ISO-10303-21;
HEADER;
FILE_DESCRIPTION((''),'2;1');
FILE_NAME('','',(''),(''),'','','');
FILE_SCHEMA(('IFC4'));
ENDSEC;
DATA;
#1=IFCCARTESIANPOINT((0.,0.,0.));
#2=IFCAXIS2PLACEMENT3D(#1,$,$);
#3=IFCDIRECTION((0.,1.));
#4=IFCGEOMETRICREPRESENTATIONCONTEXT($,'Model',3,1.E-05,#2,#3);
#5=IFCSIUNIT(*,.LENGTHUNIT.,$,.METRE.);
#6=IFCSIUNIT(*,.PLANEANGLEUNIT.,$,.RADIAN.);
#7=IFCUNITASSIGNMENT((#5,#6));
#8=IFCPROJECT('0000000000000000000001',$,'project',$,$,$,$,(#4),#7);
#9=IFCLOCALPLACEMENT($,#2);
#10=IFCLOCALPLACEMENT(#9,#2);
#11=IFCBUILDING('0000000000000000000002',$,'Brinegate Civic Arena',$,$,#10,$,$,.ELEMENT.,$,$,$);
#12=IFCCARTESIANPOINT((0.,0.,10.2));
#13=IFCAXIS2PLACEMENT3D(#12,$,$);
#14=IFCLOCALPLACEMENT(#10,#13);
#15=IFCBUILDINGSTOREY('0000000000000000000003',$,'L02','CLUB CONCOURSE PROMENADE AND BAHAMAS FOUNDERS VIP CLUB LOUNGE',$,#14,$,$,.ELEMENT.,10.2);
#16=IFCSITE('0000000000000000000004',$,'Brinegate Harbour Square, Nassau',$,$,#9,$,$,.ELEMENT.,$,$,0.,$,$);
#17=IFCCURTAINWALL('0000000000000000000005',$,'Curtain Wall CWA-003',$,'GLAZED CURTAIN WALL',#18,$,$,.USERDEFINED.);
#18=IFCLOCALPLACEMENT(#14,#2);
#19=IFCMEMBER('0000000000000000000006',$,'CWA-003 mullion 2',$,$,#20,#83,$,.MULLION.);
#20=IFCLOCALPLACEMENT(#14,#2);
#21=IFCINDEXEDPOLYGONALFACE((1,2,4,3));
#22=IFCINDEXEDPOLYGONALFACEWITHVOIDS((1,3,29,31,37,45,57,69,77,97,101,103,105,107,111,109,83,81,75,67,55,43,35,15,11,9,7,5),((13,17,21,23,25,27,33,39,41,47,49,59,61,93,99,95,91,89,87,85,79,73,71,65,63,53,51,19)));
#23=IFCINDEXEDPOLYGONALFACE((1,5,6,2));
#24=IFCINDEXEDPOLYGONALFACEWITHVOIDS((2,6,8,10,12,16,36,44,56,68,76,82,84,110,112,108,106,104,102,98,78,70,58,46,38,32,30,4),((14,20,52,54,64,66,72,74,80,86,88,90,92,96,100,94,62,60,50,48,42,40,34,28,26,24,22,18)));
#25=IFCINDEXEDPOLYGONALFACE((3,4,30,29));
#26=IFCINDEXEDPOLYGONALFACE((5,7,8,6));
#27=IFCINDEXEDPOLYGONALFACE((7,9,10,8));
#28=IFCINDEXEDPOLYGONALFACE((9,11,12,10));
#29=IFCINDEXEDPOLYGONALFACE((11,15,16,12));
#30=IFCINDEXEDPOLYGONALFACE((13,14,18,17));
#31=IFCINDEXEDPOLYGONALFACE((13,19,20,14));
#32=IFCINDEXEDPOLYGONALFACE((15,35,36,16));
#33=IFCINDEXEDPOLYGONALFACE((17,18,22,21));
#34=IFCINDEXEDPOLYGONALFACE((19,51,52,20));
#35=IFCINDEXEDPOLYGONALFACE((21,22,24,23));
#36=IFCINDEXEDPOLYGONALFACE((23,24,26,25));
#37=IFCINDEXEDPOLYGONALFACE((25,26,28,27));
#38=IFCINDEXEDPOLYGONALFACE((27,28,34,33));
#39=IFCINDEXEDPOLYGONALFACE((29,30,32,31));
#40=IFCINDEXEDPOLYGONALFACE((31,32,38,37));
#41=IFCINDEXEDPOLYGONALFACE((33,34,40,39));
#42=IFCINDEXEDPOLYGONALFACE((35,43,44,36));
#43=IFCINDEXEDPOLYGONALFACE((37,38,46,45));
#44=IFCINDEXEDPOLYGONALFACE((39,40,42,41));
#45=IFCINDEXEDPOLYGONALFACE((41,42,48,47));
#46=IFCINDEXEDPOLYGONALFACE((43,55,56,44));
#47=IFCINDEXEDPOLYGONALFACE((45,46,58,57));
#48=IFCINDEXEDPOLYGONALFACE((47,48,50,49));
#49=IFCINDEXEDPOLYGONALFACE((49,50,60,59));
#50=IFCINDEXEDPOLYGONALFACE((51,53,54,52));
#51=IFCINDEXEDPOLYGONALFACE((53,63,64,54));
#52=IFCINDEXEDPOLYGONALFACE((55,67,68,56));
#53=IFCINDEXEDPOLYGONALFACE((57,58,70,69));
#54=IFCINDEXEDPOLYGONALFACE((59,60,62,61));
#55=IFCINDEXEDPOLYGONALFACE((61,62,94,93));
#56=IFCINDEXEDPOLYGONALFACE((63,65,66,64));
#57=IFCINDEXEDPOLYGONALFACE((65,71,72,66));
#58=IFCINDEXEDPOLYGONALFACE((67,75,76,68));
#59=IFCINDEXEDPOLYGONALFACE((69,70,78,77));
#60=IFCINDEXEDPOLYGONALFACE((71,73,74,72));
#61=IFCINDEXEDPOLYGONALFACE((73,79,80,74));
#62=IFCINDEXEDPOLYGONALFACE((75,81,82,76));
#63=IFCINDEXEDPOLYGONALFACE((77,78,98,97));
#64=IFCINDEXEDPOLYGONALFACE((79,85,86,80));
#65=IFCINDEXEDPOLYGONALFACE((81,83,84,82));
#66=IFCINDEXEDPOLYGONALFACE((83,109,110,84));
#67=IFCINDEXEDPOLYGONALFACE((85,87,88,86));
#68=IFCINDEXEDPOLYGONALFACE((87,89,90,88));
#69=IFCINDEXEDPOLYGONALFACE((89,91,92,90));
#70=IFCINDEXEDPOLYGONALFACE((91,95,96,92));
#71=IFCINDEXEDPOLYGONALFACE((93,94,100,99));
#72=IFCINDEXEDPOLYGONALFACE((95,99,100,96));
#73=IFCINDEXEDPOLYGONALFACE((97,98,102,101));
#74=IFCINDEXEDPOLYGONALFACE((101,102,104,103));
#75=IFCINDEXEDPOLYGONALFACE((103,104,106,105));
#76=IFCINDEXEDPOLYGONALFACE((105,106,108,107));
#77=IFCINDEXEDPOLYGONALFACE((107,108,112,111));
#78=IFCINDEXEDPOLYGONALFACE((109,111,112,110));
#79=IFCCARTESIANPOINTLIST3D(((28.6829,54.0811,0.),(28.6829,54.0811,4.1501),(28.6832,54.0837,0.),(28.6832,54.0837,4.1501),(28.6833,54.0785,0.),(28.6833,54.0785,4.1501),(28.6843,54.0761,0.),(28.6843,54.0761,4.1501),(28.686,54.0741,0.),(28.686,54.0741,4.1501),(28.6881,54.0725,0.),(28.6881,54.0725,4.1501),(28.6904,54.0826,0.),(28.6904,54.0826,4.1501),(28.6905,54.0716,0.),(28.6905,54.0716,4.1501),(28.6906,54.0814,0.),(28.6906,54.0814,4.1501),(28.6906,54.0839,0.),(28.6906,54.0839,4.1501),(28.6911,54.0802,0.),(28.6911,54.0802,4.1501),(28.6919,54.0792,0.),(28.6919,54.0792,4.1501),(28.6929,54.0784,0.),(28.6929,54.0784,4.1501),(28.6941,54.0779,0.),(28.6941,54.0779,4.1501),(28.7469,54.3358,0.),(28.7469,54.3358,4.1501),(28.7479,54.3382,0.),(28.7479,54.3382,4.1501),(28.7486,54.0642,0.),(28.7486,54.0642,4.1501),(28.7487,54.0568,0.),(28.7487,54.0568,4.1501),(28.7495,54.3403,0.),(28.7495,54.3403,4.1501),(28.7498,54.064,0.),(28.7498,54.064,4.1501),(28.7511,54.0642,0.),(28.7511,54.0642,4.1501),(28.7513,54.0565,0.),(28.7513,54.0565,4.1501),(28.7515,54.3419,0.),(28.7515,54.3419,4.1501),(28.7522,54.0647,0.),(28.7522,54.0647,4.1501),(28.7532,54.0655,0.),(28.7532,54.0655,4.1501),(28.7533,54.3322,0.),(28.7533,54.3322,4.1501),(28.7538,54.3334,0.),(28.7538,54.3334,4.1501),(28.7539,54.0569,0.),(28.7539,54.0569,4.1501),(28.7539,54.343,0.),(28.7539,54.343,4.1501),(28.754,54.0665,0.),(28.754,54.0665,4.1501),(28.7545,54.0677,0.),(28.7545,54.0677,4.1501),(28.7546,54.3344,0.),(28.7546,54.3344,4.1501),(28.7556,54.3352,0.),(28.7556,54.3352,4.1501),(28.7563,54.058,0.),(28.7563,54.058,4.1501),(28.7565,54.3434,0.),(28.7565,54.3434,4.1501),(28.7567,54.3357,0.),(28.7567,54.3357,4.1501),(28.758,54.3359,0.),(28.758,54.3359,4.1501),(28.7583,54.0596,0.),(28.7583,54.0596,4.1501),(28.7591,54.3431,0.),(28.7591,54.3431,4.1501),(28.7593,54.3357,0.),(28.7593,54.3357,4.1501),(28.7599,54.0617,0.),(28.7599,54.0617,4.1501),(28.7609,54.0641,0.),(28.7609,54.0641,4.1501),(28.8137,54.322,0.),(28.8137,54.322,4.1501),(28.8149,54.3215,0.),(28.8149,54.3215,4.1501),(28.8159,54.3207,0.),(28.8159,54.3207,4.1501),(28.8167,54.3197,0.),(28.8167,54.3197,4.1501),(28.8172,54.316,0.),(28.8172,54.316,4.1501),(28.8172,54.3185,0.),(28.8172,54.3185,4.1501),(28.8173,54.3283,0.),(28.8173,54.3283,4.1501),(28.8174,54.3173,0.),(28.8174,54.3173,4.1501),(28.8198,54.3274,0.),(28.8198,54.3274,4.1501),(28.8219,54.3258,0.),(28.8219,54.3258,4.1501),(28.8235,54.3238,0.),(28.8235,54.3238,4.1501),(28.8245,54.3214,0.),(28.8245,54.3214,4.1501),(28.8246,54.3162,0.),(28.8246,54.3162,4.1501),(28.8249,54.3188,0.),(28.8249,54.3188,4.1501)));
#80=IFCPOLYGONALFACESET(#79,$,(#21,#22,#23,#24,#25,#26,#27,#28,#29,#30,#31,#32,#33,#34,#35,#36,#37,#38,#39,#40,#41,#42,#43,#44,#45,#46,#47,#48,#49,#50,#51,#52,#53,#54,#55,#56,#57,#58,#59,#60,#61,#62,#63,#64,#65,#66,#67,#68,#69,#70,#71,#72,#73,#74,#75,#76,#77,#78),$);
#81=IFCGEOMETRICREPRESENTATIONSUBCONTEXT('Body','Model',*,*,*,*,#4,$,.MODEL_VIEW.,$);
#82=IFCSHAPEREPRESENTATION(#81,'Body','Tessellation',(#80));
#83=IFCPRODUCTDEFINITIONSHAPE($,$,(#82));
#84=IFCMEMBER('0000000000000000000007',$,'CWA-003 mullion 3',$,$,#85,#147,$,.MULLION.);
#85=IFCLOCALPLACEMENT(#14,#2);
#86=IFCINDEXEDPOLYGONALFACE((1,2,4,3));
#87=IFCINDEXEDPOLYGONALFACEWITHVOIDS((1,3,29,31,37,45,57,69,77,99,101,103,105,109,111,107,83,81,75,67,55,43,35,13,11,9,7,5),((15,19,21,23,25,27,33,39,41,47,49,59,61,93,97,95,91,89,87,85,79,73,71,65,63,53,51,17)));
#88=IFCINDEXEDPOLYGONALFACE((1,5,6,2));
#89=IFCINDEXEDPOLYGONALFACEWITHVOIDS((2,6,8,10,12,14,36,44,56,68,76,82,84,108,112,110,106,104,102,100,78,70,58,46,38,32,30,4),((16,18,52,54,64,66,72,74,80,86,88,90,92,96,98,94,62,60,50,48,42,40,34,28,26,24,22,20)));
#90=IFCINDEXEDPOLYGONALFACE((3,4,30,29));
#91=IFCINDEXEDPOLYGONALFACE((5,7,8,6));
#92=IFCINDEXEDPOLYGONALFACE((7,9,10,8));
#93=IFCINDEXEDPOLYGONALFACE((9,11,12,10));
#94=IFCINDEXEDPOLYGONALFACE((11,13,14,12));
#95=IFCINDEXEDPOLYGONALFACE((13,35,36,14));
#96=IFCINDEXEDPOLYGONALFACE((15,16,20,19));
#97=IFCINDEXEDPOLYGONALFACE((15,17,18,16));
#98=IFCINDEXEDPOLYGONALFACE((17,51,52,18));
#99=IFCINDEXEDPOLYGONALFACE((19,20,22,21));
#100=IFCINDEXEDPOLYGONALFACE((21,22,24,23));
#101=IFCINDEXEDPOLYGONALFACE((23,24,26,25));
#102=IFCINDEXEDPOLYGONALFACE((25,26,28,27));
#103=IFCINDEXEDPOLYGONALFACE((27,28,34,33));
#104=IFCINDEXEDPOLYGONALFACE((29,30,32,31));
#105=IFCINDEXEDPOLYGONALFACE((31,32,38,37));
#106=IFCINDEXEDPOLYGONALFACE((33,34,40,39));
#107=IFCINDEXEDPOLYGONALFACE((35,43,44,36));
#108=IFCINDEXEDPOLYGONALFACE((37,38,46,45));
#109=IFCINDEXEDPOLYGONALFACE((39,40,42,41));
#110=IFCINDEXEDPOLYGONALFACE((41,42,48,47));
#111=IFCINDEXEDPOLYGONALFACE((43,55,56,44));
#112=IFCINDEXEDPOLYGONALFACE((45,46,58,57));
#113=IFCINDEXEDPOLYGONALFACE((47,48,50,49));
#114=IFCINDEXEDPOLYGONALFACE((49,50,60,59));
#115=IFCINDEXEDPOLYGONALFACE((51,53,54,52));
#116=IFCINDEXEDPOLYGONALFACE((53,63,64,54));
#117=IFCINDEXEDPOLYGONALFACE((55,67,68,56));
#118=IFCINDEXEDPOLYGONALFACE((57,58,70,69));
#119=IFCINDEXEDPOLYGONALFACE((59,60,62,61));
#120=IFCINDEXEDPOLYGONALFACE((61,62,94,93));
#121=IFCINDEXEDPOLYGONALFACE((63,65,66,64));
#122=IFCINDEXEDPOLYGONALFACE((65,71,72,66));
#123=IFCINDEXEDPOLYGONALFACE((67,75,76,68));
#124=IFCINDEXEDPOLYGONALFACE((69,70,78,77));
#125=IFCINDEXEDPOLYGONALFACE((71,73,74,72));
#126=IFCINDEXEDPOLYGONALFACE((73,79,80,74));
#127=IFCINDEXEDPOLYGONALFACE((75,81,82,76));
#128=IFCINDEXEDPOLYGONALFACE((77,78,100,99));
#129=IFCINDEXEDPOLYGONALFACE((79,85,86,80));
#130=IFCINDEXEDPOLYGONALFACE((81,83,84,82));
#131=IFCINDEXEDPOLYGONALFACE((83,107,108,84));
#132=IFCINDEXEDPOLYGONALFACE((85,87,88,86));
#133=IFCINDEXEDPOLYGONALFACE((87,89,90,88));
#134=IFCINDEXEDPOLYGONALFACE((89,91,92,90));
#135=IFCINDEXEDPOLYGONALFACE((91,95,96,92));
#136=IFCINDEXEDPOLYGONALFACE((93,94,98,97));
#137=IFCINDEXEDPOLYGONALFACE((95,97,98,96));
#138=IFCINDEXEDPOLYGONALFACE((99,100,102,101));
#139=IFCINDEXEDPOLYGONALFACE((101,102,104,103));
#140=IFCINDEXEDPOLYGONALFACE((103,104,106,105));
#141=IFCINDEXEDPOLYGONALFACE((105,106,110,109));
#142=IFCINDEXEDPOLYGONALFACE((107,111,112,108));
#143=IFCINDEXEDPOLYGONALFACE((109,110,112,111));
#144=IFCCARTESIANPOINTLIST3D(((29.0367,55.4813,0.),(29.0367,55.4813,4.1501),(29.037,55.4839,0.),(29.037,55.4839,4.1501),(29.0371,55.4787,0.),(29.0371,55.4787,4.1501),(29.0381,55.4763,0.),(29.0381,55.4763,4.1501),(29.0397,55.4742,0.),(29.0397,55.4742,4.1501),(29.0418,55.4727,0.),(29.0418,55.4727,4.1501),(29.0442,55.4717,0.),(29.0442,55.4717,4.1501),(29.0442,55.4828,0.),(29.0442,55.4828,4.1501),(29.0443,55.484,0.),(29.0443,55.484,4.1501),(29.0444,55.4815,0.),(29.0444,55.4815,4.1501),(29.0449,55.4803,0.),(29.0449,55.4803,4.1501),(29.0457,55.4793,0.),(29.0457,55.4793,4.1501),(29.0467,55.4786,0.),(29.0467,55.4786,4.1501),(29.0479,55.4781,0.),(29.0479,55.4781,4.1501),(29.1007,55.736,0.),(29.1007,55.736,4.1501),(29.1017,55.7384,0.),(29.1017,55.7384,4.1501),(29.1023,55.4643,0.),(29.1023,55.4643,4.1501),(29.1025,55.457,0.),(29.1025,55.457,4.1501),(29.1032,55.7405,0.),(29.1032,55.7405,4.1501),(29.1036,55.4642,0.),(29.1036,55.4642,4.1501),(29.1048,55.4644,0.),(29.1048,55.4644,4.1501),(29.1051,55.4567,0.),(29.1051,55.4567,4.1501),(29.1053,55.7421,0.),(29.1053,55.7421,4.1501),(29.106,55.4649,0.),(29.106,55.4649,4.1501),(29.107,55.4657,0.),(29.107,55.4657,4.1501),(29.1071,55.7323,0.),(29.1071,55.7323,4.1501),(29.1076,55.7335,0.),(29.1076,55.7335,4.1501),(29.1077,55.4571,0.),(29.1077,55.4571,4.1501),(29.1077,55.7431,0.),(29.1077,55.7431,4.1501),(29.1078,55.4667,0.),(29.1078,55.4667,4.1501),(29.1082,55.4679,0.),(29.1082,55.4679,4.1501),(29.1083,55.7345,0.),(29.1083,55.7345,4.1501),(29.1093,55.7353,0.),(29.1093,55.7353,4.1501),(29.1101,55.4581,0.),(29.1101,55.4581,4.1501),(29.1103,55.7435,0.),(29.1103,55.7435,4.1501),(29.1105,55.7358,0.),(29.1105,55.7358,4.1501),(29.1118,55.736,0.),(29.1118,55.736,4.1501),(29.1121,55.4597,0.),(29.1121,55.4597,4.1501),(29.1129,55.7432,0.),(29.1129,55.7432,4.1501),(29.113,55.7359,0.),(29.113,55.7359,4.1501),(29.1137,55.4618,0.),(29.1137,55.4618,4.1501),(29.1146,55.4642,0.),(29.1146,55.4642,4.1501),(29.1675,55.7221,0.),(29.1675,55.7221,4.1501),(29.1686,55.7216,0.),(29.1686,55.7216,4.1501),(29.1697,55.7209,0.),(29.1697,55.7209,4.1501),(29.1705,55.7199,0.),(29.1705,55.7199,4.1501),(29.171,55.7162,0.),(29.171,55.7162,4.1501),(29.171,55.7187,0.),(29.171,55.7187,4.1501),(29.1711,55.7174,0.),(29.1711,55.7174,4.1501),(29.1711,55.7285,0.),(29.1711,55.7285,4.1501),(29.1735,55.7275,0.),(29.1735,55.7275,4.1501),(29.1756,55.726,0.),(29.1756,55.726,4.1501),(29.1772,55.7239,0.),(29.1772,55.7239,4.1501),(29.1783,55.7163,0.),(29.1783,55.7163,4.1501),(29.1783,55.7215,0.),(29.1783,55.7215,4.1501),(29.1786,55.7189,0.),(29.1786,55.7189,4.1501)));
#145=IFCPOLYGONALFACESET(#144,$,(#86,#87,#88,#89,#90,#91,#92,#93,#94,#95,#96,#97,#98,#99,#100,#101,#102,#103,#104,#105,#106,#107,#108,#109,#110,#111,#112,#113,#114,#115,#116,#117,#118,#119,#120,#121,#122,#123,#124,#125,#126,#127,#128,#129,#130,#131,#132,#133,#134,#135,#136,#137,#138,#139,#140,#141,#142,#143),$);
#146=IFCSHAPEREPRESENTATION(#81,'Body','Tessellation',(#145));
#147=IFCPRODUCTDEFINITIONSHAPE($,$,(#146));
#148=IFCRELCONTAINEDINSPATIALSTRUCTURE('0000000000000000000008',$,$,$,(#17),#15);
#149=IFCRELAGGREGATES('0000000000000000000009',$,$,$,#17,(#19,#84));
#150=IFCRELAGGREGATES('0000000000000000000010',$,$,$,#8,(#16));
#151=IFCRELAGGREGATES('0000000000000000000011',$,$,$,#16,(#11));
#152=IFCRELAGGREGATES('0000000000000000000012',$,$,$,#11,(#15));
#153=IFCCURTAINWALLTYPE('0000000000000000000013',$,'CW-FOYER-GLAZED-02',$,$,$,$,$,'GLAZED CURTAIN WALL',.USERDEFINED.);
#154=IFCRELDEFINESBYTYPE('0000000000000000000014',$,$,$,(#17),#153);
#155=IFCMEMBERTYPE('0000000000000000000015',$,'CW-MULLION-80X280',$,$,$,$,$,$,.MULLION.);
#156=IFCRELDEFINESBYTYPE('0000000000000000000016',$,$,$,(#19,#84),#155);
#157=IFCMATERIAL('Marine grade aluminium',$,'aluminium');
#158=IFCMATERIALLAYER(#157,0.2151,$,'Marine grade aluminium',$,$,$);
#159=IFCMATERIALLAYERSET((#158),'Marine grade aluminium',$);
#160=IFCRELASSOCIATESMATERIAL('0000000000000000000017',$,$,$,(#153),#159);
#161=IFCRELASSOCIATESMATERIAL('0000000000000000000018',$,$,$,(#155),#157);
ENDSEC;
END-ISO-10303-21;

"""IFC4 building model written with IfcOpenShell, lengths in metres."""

from ifc_helpers import new_model, si_unit, direction, frame, origin, origin_2d, place, context, subcontext, project, spatial, hollow_rectangle, extrude, material, layer, layer_set, material_profile, profile_set, type_object, element, aggregate, save


model = new_model("IFC4")

# Units and contexts
model_context = context("Model", 3, precision=1e-05, world=origin(), true_north=direction((0.0, 1.0)))
body_context = subcontext(model_context, "Body", "Model", "MODEL_VIEW")
ifc_project = project(units=[si_unit("LENGTHUNIT", "METRE"), si_unit("PLANEANGLEUNIT", "RADIAN")], contexts=[model_context])

# Site, building, storey
site_placement = place(None, origin())
site = spatial("IfcSite", under=ifc_project, at=site_placement, Name="Brinegate Harbour Square, Nassau", CompositionType="ELEMENT", RefElevation=0.0)
building_placement = place(site_placement, origin())
building = spatial("IfcBuilding", under=site, at=building_placement, Name="Brinegate Civic Arena", CompositionType="ELEMENT")
storey_placement = place(building_placement, frame((0.0, 0.0, 10.2)))
storey = spatial("IfcBuildingStorey", under=building, at=storey_placement, Name="L02", Description="CLUB CONCOURSE PROMENADE AND BAHAMAS FOUNDERS VIP CLUB LOUNGE", CompositionType="ELEMENT", Elevation=10.2)

# Curtain wall, members
ifc_material_1 = material(Name="Marine grade aluminium", Category="aluminium")
ifc_layer_1 = layer(ifc_material_1, 0.2151, Name="Marine grade aluminium")
ifc_layer_set_1 = layer_set([ifc_layer_1], Name="Marine grade aluminium")
curtain_wall_type = type_object("IfcCurtainWallType", Name="CW-FOYER-GLAZED-02", ElementType="GLAZED CURTAIN WALL", PredefinedType="USERDEFINED", material=ifc_layer_set_1)
curtain_wall_placement = place(storey_placement, origin())
curtain_wall = element("IfcCurtainWall", 1, at=curtain_wall_placement, inside=storey, type_object=curtain_wall_type, Name="Curtain Wall CWA-003", ObjectType="GLAZED CURTAIN WALL", PredefinedType="USERDEFINED")
ifc_material_profile_1 = material_profile(ifc_material_1, hollow_rectangle(XDim=0.0801, YDim=0.28, WallThickness=0.0071, InnerFilletRadius=0.0049, OuterFilletRadius=0.01, at=origin_2d()), Name="MUL80X280")
ifc_profile_set_1 = profile_set([ifc_material_profile_1], Name="Marine grade aluminium")
member_type_1 = type_object("IfcMemberType", Name="CW-MULLION-80X280", PredefinedType="MULLION", material=ifc_profile_set_1)
member_1_placement = place(storey_placement, frame((28.7539, 54.2, 0.0), z_axis=(0.0, 0.0, 1.0), x_axis=(-0.969513, 0.245042, 0.0)))
member_1 = element("IfcMember", 2, at=member_1_placement, type_object=member_type_1, Name="CWA-003 mullion 2", PredefinedType="MULLION", context=body_context, shape_type="SweptSolid", body=[
    extrude(hollow_rectangle(XDim=0.0801, YDim=0.28, WallThickness=0.0071, InnerFilletRadius=0.0049, OuterFilletRadius=0.01, at=origin_2d()), origin(), (0.0, 0.0, 1.0), 4.1501),
])
member_2_placement = place(storey_placement, frame((29.1077, 55.6001, 0.0), z_axis=(0.0, 0.0, 1.0), x_axis=(-0.969513, 0.245042, 0.0)))
member_2 = element("IfcMember", 3, at=member_2_placement, type_object=member_type_1, Name="CWA-003 mullion 3", PredefinedType="MULLION", context=body_context, shape_type="SweptSolid", body=[
    extrude(hollow_rectangle(XDim=0.0801, YDim=0.28, WallThickness=0.0071, InnerFilletRadius=0.0049, OuterFilletRadius=0.01, at=origin_2d()), origin(), (0.0, 0.0, 1.0), 4.1501),
])
aggregate(curtain_wall, [member_1, member_2])

save(model, "model.ifc")
